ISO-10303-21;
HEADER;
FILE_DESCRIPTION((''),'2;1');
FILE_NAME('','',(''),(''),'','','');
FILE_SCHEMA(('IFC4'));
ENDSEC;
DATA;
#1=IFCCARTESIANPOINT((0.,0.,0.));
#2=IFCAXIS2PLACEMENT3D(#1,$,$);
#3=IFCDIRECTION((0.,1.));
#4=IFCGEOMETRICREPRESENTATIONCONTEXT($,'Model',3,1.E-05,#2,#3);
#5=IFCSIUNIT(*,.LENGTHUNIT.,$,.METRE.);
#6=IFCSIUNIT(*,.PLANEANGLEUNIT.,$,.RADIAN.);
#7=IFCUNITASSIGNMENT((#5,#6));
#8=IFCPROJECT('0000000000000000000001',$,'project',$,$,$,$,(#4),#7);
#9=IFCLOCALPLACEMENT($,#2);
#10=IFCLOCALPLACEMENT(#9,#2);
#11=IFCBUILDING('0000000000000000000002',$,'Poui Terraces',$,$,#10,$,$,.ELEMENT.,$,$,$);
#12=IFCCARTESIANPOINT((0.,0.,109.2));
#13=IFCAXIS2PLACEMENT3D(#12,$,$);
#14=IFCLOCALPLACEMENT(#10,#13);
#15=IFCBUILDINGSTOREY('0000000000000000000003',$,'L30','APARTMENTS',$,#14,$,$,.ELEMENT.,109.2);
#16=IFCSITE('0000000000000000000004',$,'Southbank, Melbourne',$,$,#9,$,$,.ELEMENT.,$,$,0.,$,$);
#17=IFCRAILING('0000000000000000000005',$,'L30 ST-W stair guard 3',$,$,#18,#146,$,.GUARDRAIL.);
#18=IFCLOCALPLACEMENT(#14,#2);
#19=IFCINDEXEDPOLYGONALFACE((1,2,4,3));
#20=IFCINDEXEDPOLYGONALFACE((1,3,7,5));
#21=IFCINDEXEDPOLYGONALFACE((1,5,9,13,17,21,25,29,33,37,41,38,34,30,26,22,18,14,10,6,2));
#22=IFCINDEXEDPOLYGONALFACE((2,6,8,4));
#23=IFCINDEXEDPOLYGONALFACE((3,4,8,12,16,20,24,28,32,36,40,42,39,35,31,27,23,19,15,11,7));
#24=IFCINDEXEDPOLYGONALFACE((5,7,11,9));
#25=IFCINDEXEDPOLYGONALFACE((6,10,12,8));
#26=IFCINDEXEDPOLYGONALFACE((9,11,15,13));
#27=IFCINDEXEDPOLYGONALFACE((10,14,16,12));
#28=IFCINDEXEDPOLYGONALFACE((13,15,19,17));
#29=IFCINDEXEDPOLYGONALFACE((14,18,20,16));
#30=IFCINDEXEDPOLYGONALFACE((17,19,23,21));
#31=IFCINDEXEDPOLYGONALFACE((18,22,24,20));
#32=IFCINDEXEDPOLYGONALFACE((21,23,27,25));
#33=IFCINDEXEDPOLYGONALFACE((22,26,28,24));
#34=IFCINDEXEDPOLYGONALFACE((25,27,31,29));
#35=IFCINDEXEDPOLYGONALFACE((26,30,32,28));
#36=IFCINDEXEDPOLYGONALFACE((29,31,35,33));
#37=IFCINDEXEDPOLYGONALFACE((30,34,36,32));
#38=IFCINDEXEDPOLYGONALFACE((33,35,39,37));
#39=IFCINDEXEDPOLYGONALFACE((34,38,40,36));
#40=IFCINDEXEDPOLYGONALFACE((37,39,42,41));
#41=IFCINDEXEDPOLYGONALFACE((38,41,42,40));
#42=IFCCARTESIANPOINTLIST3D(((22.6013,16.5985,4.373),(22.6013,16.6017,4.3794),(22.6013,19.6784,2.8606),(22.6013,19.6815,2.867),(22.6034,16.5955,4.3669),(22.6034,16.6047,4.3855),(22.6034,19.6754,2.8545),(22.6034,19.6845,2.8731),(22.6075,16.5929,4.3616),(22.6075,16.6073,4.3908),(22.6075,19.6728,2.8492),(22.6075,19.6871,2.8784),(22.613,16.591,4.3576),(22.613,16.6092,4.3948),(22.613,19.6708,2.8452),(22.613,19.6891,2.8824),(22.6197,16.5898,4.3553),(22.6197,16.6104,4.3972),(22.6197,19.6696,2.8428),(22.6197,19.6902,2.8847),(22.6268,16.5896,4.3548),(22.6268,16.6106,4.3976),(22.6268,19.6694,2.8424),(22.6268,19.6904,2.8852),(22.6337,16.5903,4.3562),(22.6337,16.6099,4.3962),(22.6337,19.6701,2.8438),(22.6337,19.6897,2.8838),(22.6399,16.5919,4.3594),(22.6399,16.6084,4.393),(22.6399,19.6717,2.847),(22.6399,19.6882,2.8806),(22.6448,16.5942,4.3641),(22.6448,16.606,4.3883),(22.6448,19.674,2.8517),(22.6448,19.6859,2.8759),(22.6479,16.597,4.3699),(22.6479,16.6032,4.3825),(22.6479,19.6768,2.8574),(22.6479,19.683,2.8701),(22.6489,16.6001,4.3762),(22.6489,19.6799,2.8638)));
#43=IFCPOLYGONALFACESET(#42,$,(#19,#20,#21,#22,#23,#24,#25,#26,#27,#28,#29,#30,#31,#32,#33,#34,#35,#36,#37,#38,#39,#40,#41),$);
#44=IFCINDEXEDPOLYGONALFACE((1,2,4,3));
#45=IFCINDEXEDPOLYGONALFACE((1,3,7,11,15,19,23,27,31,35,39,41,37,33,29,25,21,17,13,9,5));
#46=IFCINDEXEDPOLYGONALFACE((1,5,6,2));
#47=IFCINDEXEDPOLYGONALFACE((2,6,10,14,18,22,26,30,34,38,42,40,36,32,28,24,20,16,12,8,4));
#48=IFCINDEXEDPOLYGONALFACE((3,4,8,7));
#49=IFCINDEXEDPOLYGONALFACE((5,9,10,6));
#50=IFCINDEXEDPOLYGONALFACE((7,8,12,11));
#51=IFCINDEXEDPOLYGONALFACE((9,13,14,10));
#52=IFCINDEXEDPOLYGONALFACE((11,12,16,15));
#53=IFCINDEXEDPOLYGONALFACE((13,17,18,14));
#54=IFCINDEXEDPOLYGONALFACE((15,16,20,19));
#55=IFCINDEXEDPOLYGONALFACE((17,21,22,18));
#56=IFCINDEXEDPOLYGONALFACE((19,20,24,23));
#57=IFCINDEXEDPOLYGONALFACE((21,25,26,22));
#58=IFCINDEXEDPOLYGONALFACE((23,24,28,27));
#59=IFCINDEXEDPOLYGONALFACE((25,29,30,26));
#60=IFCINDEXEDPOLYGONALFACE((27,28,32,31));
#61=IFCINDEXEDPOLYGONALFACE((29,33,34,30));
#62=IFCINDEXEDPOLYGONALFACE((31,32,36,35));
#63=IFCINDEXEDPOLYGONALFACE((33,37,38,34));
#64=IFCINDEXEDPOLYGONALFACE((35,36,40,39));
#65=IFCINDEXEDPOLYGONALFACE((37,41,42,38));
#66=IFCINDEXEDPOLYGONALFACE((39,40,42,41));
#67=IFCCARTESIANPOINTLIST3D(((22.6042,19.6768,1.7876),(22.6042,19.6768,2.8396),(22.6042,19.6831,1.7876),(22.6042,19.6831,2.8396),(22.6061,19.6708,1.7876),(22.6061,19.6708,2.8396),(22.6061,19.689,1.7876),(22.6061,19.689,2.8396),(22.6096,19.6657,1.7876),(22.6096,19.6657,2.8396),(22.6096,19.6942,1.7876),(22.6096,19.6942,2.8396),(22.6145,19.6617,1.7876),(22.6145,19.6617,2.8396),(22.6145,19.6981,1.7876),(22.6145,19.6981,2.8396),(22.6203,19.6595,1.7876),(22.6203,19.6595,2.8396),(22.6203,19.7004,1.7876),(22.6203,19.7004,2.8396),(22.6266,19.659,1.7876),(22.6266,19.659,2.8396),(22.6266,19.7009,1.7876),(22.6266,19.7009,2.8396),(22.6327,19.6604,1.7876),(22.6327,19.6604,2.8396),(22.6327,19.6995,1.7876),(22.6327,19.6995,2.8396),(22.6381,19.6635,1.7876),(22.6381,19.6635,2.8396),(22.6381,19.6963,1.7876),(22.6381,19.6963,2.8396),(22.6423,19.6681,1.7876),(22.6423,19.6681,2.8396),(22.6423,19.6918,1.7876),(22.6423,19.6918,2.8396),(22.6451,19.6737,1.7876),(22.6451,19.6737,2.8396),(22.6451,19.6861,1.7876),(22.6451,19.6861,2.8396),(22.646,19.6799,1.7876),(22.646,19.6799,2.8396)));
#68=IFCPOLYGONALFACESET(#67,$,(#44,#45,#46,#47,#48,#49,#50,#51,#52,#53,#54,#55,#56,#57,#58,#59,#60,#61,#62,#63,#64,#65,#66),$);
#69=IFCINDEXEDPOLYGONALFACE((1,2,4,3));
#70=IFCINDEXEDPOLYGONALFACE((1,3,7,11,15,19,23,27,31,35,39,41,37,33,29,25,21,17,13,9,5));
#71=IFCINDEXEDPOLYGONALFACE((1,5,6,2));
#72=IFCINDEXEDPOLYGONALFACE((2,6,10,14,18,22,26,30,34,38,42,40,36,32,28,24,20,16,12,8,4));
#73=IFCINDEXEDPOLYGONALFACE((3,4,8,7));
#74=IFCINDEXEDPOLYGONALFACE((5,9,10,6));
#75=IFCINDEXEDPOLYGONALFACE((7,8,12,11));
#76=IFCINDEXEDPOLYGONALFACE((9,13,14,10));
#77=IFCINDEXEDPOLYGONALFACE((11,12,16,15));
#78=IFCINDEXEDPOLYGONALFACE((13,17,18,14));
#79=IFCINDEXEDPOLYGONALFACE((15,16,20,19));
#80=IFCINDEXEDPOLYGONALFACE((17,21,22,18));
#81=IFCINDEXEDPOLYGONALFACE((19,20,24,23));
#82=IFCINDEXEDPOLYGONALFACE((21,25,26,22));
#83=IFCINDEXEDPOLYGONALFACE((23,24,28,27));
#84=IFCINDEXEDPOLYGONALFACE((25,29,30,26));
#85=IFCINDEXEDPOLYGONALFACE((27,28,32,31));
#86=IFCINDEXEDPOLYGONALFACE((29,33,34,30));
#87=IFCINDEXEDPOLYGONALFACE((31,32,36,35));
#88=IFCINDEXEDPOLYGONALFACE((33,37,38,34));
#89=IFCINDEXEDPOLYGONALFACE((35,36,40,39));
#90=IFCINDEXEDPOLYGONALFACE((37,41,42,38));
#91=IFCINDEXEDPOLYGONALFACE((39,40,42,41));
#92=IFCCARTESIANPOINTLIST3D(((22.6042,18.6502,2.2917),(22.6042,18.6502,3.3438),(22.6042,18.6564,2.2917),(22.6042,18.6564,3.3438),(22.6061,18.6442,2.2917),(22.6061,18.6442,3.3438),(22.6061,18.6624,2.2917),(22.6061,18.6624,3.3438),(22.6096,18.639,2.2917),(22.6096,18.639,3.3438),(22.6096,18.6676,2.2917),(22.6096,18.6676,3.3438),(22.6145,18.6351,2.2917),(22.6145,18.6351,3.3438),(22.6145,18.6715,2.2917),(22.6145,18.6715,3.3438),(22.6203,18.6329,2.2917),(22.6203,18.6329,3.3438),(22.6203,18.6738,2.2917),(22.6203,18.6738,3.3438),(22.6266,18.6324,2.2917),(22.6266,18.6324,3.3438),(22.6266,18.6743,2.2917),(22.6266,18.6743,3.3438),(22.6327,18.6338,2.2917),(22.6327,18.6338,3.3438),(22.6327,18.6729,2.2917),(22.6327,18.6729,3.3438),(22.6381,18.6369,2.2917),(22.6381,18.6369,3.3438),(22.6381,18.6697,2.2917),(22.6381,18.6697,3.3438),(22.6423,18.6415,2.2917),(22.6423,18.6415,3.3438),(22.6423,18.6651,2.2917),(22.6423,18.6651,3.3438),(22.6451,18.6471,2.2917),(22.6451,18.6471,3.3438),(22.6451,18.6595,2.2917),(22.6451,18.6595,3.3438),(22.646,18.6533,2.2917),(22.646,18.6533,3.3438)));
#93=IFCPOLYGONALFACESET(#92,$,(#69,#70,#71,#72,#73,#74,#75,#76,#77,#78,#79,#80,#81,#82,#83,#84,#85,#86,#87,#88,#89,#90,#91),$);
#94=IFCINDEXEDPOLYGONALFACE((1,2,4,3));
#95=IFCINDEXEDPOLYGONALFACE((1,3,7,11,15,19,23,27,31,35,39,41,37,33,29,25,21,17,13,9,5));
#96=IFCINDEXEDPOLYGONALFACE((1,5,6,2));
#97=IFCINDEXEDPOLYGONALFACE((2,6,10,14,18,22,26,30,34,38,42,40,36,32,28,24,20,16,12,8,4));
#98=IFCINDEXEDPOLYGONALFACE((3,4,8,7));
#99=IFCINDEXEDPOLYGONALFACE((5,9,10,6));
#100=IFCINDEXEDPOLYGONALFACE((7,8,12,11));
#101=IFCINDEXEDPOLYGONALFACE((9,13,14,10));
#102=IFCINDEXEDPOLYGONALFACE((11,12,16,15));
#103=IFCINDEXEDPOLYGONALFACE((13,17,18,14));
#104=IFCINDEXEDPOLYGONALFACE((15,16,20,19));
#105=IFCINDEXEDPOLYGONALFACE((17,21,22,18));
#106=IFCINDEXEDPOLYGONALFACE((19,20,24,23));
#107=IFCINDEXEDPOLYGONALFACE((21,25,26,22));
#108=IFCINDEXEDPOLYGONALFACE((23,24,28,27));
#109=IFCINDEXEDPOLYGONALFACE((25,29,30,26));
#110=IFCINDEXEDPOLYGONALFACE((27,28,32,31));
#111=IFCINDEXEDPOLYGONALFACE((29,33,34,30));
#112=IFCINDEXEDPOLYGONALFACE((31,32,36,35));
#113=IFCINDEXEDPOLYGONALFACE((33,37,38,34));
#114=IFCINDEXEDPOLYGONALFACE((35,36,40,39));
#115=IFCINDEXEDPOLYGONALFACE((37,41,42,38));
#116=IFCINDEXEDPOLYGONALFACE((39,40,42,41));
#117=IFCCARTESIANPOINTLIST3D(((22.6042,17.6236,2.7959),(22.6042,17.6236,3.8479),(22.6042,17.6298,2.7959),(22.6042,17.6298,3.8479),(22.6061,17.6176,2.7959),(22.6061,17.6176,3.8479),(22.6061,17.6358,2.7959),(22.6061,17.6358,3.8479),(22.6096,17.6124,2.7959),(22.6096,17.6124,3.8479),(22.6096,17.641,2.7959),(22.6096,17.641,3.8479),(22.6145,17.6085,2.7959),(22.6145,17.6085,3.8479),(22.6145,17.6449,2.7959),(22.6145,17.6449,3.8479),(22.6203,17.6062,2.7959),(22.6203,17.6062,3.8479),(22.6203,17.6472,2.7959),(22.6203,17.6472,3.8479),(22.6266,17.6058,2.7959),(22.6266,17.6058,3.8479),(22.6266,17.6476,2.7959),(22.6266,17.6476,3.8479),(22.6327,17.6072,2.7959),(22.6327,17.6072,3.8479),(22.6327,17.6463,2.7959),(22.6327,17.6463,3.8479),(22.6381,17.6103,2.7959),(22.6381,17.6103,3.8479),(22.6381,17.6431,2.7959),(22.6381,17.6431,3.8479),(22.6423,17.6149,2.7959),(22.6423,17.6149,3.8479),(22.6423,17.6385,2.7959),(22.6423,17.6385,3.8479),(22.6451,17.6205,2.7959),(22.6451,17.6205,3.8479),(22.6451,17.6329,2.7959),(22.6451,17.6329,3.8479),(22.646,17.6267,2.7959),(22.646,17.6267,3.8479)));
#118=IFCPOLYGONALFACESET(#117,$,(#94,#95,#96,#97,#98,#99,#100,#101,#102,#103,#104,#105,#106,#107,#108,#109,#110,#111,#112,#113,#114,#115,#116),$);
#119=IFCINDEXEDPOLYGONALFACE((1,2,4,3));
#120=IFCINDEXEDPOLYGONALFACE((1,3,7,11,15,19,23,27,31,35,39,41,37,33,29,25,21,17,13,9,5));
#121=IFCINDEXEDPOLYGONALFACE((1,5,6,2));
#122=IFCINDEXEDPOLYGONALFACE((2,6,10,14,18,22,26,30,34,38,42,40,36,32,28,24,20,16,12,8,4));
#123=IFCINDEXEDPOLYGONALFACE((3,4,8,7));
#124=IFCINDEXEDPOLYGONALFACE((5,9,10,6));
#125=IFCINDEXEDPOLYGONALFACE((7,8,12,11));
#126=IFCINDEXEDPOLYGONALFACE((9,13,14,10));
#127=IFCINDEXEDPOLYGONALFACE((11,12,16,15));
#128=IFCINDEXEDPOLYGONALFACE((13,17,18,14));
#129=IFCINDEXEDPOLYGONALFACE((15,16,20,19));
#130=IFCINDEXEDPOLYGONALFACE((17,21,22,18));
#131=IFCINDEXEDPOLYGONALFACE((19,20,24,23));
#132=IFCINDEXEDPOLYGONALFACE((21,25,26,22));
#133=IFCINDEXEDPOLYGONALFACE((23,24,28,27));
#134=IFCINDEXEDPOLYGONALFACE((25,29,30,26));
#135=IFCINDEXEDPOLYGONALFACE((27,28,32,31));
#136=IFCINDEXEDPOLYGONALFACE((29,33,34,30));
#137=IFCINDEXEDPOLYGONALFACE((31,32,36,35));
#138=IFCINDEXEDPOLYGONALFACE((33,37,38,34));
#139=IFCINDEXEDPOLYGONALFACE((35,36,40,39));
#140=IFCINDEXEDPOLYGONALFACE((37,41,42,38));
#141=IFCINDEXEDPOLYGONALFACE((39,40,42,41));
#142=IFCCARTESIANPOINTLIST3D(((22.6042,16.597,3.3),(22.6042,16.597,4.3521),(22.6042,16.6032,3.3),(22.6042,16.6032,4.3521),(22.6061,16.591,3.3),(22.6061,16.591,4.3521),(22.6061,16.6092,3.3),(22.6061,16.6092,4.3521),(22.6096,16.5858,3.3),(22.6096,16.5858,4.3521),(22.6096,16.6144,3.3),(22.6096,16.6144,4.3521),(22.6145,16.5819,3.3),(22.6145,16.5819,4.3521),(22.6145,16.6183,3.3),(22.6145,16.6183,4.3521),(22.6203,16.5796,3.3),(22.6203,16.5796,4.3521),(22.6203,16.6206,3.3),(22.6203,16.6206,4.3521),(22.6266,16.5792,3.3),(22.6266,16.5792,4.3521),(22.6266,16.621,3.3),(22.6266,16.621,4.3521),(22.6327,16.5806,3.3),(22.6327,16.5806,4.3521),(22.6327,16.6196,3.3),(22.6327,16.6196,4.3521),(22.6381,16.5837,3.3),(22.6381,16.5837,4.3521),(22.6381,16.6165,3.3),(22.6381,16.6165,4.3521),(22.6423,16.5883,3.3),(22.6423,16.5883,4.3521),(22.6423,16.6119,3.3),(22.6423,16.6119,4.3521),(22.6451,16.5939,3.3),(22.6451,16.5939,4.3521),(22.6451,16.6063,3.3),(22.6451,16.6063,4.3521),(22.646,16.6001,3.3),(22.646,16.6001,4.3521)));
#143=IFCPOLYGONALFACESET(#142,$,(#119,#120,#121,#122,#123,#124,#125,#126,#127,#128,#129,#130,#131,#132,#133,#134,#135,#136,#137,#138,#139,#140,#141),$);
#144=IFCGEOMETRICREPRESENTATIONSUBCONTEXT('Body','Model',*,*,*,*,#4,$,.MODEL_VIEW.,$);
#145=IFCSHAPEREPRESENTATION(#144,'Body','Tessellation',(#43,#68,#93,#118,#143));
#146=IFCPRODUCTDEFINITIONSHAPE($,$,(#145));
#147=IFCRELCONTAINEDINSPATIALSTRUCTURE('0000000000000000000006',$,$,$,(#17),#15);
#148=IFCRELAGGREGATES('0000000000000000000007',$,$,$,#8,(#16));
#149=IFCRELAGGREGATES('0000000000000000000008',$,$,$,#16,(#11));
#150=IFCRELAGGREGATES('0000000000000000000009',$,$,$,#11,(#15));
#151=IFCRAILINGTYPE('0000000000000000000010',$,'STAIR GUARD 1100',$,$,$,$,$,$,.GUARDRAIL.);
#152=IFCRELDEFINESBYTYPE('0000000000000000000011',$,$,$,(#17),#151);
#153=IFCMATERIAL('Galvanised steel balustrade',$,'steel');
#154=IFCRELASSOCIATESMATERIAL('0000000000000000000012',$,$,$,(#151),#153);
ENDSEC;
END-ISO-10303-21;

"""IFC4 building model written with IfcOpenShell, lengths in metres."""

from ifc_helpers import new_model, si_unit, direction, frame, origin, origin_2d, place, context, subcontext, project, spatial, circle, extrude, material, type_object, element, save


model = new_model("IFC4")

# Units and contexts
model_context = context("Model", 3, precision=1e-05, world=origin(), true_north=direction((0.0, 1.0)))
body_context = subcontext(model_context, "Body", "Model", "MODEL_VIEW")
ifc_project = project(units=[si_unit("LENGTHUNIT", "METRE"), si_unit("PLANEANGLEUNIT", "RADIAN")], contexts=[model_context])

# Site, building, storey
site_placement = place(None, origin())
site = spatial("IfcSite", under=ifc_project, at=site_placement, Name="Southbank, Melbourne", CompositionType="ELEMENT", RefElevation=0.0)
building_placement = place(site_placement, origin())
building = spatial("IfcBuilding", under=site, at=building_placement, Name="Poui Terraces", CompositionType="ELEMENT")
storey_placement = place(building_placement, frame((0.0, 0.0, 109.2)))
storey = spatial("IfcBuildingStorey", under=building, at=storey_placement, Name="L30", Description="APARTMENTS", CompositionType="ELEMENT", Elevation=109.2)

# Railing
ifc_material_1 = material(Name="Galvanised steel balustrade", Category="steel")
railing_type_1 = type_object("IfcRailingType", Name="STAIR GUARD 1100", PredefinedType="GUARDRAIL", material=ifc_material_1)
railing_1_placement = place(storey_placement, frame((22.625, 19.6799, 1.7876)))
element("IfcRailing", 1, at=railing_1_placement, inside=storey, type_object=railing_type_1, Name="L30 ST-W stair guard 3", PredefinedType="GUARDRAIL", context=body_context, shape_type="SweptSolid", body=[
    extrude(circle(Radius=0.0239, at=origin_2d()), frame((0.0, 0.0, 1.0762), z_axis=(0.0, -0.897606, 0.440798), x_axis=(1.0, 0.0, 0.0)), (0.0, 0.0, 1.0), 3.4312),
    extrude(circle(Radius=0.021, at=origin_2d()), origin(), (0.0, 0.0, 1.0), 1.052),
    extrude(circle(Radius=0.021, at=origin_2d()), frame((0.0, -1.0266, 0.5042)), (0.0, 0.0, 1.0), 1.052),
    extrude(circle(Radius=0.021, at=origin_2d()), frame((0.0, -2.0532, 1.0083)), (0.0, 0.0, 1.0), 1.052),
    extrude(circle(Radius=0.021, at=origin_2d()), frame((0.0, -3.0798, 1.5125)), (0.0, 0.0, 1.0), 1.052),
])

save(model, "model.ifc")
